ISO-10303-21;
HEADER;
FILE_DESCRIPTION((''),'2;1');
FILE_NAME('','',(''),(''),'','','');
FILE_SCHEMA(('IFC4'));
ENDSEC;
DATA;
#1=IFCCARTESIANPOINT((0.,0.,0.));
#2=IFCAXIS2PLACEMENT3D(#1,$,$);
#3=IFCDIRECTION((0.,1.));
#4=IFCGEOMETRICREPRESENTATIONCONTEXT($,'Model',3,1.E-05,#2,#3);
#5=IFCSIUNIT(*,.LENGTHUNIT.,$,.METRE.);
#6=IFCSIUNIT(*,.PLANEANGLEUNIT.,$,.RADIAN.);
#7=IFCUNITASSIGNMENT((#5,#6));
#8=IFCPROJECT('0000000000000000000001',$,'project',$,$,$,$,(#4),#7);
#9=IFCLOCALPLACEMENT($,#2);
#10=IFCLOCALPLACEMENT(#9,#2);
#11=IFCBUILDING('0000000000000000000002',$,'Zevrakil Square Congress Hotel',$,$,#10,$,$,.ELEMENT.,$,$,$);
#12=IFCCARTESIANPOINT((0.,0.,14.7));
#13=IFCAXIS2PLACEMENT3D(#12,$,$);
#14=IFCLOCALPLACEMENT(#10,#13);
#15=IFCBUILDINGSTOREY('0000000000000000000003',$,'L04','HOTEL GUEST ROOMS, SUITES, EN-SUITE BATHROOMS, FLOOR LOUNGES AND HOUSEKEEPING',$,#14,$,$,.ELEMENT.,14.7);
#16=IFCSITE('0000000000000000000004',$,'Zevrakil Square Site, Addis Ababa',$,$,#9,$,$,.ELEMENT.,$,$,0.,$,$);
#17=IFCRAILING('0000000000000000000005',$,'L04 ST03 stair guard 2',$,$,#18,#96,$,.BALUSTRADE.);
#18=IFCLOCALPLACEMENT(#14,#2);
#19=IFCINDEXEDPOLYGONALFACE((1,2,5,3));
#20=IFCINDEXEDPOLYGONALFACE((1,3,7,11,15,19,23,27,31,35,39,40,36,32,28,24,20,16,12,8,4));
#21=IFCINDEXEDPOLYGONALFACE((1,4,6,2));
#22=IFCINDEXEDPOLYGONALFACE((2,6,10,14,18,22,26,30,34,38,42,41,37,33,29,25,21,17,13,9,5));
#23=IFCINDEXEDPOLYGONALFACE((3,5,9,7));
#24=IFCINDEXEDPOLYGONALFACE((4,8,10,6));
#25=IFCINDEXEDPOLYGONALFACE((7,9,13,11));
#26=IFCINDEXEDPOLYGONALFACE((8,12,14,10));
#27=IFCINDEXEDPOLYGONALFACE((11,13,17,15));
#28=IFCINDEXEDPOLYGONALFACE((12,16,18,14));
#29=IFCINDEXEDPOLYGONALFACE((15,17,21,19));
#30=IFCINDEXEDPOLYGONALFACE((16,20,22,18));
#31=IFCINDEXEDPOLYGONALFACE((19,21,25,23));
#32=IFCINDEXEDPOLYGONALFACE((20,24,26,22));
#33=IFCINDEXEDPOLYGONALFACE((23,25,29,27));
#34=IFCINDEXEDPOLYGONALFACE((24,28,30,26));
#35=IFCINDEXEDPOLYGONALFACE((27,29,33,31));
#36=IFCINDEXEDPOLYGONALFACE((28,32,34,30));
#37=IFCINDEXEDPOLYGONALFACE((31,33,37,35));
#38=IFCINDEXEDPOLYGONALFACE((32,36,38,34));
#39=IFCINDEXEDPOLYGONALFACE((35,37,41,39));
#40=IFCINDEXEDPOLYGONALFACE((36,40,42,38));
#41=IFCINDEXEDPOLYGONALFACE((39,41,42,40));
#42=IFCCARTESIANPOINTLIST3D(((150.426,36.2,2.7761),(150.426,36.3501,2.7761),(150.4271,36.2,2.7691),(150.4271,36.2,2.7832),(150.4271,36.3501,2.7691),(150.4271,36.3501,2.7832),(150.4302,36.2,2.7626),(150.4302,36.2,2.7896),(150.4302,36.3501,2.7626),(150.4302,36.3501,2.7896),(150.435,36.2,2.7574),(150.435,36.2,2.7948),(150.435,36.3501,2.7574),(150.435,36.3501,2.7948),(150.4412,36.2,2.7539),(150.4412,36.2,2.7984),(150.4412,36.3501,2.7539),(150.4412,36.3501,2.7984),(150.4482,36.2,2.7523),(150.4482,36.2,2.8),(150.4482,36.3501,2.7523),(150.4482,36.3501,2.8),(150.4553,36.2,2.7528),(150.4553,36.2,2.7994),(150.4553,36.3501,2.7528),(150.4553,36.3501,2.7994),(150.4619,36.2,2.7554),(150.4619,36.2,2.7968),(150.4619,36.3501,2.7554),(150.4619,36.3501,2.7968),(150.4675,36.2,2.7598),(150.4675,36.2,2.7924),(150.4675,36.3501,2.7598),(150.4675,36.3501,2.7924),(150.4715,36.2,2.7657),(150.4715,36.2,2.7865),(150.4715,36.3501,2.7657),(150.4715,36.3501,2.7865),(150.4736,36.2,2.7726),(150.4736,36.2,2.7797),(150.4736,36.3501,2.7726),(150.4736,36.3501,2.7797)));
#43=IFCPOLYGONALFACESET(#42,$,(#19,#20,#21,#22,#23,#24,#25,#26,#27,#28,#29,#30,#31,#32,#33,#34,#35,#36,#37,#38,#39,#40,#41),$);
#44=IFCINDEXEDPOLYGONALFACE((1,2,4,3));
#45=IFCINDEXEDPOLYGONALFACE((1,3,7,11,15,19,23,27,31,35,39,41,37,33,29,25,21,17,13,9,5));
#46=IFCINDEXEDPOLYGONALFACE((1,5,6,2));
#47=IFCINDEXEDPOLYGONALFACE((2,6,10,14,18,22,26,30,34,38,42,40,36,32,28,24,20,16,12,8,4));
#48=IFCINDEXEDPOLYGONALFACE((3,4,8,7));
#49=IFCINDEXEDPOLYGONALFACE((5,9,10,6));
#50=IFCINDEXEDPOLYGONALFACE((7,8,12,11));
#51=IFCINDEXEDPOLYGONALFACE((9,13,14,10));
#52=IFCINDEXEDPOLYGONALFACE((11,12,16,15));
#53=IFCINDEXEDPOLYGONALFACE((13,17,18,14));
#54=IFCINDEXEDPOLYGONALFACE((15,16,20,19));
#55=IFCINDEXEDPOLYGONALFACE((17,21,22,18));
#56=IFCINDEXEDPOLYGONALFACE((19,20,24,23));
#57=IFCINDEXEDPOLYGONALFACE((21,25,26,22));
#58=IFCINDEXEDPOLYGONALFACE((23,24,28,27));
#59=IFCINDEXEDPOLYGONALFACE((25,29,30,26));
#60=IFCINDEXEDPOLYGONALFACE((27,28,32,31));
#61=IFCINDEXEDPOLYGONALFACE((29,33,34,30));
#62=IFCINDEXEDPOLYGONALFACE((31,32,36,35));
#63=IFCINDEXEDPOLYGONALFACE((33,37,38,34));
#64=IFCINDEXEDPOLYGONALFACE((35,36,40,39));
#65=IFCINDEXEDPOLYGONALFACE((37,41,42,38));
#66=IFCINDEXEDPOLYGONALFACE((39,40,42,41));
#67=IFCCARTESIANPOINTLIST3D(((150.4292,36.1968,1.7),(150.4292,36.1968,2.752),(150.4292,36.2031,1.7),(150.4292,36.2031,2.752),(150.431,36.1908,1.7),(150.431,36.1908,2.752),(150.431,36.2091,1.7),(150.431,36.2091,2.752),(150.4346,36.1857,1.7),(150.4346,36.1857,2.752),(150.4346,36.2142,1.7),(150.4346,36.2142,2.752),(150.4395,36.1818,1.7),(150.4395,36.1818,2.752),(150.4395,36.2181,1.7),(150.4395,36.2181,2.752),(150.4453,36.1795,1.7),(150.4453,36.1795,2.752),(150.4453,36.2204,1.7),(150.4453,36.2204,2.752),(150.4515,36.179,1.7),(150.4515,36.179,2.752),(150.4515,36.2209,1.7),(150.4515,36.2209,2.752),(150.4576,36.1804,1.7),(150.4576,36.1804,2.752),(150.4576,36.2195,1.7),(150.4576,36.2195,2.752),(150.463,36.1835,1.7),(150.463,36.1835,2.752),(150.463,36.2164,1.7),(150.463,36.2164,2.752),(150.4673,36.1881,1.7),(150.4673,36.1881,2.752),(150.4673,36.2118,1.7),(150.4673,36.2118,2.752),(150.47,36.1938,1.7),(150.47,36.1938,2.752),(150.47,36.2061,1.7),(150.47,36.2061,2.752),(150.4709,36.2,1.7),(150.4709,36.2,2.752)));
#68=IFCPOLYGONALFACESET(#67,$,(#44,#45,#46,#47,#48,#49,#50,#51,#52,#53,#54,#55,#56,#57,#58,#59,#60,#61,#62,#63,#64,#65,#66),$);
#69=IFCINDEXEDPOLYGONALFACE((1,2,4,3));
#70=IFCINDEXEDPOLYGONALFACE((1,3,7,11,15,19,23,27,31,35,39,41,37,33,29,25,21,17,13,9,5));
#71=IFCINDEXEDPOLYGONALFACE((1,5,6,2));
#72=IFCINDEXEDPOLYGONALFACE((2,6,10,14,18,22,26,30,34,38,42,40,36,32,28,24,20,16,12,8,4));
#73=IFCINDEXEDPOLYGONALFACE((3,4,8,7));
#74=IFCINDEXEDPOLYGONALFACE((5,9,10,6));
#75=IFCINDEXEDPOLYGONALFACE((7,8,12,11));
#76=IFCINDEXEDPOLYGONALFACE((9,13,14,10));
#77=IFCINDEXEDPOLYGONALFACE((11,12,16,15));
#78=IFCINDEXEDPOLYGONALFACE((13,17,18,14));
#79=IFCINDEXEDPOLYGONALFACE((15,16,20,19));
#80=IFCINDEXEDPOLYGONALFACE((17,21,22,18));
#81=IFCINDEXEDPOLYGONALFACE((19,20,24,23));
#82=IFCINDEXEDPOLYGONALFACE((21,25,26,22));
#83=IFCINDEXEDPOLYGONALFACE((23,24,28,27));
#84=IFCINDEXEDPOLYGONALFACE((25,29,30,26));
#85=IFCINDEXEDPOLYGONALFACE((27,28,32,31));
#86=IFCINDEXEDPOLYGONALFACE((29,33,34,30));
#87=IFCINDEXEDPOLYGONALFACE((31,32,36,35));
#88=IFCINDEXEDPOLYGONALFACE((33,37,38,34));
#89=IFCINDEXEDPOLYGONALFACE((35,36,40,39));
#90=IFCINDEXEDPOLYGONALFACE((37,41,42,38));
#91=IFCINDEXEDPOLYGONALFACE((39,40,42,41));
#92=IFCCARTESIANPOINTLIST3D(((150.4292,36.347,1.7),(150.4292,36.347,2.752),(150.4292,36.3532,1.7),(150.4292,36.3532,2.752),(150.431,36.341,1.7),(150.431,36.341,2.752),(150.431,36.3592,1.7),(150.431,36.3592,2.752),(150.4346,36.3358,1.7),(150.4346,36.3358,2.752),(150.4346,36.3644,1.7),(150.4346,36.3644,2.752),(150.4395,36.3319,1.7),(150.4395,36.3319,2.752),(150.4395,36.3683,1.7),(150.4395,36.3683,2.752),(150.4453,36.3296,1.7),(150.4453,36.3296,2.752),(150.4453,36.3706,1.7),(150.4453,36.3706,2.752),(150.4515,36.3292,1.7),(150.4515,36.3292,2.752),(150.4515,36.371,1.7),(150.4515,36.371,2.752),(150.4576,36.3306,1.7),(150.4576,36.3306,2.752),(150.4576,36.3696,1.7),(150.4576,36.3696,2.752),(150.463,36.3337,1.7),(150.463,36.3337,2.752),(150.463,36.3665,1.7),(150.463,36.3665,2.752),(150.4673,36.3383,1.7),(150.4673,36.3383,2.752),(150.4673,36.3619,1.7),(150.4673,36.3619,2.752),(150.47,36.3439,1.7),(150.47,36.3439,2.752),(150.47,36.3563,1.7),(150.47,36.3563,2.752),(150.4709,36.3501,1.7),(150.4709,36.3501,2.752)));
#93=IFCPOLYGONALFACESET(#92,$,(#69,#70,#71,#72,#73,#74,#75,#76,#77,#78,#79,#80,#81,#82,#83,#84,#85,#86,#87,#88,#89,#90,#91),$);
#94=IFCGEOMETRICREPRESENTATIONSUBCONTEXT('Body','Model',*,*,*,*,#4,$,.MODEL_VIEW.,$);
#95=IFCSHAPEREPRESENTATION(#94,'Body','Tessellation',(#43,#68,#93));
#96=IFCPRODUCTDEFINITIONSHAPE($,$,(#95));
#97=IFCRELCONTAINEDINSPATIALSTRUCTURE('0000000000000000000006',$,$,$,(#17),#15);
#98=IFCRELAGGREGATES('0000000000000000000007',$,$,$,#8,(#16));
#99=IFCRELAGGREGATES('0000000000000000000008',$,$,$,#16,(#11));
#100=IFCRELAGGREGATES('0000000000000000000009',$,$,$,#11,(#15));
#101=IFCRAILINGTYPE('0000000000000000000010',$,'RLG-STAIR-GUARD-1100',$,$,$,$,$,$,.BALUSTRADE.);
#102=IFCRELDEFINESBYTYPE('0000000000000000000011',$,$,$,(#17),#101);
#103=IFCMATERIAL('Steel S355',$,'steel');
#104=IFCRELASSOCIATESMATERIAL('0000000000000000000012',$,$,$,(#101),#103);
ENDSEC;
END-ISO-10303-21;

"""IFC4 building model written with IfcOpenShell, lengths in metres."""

from ifc_helpers import new_model, si_unit, direction, frame, origin, origin_2d, place, context, subcontext, project, spatial, circle, extrude, material, type_object, element, save


model = new_model("IFC4")

# Units and contexts
model_context = context("Model", 3, precision=1e-05, world=origin(), true_north=direction((0.0, 1.0)))
body_context = subcontext(model_context, "Body", "Model", "MODEL_VIEW")
ifc_project = project(units=[si_unit("LENGTHUNIT", "METRE"), si_unit("PLANEANGLEUNIT", "RADIAN")], contexts=[model_context])

# Site, building, storey
site_placement = place(None, origin())
site = spatial("IfcSite", under=ifc_project, at=site_placement, Name="Zevrakil Square Site, Addis Ababa", CompositionType="ELEMENT", RefElevation=0.0)
building_placement = place(site_placement, origin())
building = spatial("IfcBuilding", under=site, at=building_placement, Name="Zevrakil Square Congress Hotel", CompositionType="ELEMENT")
storey_placement = place(building_placement, frame((0.0, 0.0, 14.7)))
storey = spatial("IfcBuildingStorey", under=building, at=storey_placement, Name="L04", Description="HOTEL GUEST ROOMS, SUITES, EN-SUITE BATHROOMS, FLOOR LOUNGES AND HOUSEKEEPING", CompositionType="ELEMENT", Elevation=14.7)

# Railing
ifc_material_1 = material(Name="Steel S355", Category="steel")
railing_type_1 = type_object("IfcRailingType", Name="RLG-STAIR-GUARD-1100", PredefinedType="BALUSTRADE", material=ifc_material_1)
railing_1_placement = place(storey_placement, frame((150.45, 36.2, 1.7)))
element("IfcRailing", 1, at=railing_1_placement, inside=storey, type_object=railing_type_1, Name="L04 ST03 stair guard 2", PredefinedType="BALUSTRADE", context=body_context, shape_type="SweptSolid", body=[
    extrude(circle(Radius=0.0239, at=origin_2d()), frame((0.0, 0.0, 1.0762), z_axis=(0.0, 1.0, 0.0), x_axis=(-1.0, 0.0, 0.0)), (0.0, 0.0, 1.0), 0.1501),
    extrude(circle(Radius=0.021, at=origin_2d()), origin(), (0.0, 0.0, 1.0), 1.052),
    extrude(circle(Radius=0.021, at=origin_2d()), frame((0.0, 0.1501, 0.0)), (0.0, 0.0, 1.0), 1.052),
])

save(model, "model.ifc")
